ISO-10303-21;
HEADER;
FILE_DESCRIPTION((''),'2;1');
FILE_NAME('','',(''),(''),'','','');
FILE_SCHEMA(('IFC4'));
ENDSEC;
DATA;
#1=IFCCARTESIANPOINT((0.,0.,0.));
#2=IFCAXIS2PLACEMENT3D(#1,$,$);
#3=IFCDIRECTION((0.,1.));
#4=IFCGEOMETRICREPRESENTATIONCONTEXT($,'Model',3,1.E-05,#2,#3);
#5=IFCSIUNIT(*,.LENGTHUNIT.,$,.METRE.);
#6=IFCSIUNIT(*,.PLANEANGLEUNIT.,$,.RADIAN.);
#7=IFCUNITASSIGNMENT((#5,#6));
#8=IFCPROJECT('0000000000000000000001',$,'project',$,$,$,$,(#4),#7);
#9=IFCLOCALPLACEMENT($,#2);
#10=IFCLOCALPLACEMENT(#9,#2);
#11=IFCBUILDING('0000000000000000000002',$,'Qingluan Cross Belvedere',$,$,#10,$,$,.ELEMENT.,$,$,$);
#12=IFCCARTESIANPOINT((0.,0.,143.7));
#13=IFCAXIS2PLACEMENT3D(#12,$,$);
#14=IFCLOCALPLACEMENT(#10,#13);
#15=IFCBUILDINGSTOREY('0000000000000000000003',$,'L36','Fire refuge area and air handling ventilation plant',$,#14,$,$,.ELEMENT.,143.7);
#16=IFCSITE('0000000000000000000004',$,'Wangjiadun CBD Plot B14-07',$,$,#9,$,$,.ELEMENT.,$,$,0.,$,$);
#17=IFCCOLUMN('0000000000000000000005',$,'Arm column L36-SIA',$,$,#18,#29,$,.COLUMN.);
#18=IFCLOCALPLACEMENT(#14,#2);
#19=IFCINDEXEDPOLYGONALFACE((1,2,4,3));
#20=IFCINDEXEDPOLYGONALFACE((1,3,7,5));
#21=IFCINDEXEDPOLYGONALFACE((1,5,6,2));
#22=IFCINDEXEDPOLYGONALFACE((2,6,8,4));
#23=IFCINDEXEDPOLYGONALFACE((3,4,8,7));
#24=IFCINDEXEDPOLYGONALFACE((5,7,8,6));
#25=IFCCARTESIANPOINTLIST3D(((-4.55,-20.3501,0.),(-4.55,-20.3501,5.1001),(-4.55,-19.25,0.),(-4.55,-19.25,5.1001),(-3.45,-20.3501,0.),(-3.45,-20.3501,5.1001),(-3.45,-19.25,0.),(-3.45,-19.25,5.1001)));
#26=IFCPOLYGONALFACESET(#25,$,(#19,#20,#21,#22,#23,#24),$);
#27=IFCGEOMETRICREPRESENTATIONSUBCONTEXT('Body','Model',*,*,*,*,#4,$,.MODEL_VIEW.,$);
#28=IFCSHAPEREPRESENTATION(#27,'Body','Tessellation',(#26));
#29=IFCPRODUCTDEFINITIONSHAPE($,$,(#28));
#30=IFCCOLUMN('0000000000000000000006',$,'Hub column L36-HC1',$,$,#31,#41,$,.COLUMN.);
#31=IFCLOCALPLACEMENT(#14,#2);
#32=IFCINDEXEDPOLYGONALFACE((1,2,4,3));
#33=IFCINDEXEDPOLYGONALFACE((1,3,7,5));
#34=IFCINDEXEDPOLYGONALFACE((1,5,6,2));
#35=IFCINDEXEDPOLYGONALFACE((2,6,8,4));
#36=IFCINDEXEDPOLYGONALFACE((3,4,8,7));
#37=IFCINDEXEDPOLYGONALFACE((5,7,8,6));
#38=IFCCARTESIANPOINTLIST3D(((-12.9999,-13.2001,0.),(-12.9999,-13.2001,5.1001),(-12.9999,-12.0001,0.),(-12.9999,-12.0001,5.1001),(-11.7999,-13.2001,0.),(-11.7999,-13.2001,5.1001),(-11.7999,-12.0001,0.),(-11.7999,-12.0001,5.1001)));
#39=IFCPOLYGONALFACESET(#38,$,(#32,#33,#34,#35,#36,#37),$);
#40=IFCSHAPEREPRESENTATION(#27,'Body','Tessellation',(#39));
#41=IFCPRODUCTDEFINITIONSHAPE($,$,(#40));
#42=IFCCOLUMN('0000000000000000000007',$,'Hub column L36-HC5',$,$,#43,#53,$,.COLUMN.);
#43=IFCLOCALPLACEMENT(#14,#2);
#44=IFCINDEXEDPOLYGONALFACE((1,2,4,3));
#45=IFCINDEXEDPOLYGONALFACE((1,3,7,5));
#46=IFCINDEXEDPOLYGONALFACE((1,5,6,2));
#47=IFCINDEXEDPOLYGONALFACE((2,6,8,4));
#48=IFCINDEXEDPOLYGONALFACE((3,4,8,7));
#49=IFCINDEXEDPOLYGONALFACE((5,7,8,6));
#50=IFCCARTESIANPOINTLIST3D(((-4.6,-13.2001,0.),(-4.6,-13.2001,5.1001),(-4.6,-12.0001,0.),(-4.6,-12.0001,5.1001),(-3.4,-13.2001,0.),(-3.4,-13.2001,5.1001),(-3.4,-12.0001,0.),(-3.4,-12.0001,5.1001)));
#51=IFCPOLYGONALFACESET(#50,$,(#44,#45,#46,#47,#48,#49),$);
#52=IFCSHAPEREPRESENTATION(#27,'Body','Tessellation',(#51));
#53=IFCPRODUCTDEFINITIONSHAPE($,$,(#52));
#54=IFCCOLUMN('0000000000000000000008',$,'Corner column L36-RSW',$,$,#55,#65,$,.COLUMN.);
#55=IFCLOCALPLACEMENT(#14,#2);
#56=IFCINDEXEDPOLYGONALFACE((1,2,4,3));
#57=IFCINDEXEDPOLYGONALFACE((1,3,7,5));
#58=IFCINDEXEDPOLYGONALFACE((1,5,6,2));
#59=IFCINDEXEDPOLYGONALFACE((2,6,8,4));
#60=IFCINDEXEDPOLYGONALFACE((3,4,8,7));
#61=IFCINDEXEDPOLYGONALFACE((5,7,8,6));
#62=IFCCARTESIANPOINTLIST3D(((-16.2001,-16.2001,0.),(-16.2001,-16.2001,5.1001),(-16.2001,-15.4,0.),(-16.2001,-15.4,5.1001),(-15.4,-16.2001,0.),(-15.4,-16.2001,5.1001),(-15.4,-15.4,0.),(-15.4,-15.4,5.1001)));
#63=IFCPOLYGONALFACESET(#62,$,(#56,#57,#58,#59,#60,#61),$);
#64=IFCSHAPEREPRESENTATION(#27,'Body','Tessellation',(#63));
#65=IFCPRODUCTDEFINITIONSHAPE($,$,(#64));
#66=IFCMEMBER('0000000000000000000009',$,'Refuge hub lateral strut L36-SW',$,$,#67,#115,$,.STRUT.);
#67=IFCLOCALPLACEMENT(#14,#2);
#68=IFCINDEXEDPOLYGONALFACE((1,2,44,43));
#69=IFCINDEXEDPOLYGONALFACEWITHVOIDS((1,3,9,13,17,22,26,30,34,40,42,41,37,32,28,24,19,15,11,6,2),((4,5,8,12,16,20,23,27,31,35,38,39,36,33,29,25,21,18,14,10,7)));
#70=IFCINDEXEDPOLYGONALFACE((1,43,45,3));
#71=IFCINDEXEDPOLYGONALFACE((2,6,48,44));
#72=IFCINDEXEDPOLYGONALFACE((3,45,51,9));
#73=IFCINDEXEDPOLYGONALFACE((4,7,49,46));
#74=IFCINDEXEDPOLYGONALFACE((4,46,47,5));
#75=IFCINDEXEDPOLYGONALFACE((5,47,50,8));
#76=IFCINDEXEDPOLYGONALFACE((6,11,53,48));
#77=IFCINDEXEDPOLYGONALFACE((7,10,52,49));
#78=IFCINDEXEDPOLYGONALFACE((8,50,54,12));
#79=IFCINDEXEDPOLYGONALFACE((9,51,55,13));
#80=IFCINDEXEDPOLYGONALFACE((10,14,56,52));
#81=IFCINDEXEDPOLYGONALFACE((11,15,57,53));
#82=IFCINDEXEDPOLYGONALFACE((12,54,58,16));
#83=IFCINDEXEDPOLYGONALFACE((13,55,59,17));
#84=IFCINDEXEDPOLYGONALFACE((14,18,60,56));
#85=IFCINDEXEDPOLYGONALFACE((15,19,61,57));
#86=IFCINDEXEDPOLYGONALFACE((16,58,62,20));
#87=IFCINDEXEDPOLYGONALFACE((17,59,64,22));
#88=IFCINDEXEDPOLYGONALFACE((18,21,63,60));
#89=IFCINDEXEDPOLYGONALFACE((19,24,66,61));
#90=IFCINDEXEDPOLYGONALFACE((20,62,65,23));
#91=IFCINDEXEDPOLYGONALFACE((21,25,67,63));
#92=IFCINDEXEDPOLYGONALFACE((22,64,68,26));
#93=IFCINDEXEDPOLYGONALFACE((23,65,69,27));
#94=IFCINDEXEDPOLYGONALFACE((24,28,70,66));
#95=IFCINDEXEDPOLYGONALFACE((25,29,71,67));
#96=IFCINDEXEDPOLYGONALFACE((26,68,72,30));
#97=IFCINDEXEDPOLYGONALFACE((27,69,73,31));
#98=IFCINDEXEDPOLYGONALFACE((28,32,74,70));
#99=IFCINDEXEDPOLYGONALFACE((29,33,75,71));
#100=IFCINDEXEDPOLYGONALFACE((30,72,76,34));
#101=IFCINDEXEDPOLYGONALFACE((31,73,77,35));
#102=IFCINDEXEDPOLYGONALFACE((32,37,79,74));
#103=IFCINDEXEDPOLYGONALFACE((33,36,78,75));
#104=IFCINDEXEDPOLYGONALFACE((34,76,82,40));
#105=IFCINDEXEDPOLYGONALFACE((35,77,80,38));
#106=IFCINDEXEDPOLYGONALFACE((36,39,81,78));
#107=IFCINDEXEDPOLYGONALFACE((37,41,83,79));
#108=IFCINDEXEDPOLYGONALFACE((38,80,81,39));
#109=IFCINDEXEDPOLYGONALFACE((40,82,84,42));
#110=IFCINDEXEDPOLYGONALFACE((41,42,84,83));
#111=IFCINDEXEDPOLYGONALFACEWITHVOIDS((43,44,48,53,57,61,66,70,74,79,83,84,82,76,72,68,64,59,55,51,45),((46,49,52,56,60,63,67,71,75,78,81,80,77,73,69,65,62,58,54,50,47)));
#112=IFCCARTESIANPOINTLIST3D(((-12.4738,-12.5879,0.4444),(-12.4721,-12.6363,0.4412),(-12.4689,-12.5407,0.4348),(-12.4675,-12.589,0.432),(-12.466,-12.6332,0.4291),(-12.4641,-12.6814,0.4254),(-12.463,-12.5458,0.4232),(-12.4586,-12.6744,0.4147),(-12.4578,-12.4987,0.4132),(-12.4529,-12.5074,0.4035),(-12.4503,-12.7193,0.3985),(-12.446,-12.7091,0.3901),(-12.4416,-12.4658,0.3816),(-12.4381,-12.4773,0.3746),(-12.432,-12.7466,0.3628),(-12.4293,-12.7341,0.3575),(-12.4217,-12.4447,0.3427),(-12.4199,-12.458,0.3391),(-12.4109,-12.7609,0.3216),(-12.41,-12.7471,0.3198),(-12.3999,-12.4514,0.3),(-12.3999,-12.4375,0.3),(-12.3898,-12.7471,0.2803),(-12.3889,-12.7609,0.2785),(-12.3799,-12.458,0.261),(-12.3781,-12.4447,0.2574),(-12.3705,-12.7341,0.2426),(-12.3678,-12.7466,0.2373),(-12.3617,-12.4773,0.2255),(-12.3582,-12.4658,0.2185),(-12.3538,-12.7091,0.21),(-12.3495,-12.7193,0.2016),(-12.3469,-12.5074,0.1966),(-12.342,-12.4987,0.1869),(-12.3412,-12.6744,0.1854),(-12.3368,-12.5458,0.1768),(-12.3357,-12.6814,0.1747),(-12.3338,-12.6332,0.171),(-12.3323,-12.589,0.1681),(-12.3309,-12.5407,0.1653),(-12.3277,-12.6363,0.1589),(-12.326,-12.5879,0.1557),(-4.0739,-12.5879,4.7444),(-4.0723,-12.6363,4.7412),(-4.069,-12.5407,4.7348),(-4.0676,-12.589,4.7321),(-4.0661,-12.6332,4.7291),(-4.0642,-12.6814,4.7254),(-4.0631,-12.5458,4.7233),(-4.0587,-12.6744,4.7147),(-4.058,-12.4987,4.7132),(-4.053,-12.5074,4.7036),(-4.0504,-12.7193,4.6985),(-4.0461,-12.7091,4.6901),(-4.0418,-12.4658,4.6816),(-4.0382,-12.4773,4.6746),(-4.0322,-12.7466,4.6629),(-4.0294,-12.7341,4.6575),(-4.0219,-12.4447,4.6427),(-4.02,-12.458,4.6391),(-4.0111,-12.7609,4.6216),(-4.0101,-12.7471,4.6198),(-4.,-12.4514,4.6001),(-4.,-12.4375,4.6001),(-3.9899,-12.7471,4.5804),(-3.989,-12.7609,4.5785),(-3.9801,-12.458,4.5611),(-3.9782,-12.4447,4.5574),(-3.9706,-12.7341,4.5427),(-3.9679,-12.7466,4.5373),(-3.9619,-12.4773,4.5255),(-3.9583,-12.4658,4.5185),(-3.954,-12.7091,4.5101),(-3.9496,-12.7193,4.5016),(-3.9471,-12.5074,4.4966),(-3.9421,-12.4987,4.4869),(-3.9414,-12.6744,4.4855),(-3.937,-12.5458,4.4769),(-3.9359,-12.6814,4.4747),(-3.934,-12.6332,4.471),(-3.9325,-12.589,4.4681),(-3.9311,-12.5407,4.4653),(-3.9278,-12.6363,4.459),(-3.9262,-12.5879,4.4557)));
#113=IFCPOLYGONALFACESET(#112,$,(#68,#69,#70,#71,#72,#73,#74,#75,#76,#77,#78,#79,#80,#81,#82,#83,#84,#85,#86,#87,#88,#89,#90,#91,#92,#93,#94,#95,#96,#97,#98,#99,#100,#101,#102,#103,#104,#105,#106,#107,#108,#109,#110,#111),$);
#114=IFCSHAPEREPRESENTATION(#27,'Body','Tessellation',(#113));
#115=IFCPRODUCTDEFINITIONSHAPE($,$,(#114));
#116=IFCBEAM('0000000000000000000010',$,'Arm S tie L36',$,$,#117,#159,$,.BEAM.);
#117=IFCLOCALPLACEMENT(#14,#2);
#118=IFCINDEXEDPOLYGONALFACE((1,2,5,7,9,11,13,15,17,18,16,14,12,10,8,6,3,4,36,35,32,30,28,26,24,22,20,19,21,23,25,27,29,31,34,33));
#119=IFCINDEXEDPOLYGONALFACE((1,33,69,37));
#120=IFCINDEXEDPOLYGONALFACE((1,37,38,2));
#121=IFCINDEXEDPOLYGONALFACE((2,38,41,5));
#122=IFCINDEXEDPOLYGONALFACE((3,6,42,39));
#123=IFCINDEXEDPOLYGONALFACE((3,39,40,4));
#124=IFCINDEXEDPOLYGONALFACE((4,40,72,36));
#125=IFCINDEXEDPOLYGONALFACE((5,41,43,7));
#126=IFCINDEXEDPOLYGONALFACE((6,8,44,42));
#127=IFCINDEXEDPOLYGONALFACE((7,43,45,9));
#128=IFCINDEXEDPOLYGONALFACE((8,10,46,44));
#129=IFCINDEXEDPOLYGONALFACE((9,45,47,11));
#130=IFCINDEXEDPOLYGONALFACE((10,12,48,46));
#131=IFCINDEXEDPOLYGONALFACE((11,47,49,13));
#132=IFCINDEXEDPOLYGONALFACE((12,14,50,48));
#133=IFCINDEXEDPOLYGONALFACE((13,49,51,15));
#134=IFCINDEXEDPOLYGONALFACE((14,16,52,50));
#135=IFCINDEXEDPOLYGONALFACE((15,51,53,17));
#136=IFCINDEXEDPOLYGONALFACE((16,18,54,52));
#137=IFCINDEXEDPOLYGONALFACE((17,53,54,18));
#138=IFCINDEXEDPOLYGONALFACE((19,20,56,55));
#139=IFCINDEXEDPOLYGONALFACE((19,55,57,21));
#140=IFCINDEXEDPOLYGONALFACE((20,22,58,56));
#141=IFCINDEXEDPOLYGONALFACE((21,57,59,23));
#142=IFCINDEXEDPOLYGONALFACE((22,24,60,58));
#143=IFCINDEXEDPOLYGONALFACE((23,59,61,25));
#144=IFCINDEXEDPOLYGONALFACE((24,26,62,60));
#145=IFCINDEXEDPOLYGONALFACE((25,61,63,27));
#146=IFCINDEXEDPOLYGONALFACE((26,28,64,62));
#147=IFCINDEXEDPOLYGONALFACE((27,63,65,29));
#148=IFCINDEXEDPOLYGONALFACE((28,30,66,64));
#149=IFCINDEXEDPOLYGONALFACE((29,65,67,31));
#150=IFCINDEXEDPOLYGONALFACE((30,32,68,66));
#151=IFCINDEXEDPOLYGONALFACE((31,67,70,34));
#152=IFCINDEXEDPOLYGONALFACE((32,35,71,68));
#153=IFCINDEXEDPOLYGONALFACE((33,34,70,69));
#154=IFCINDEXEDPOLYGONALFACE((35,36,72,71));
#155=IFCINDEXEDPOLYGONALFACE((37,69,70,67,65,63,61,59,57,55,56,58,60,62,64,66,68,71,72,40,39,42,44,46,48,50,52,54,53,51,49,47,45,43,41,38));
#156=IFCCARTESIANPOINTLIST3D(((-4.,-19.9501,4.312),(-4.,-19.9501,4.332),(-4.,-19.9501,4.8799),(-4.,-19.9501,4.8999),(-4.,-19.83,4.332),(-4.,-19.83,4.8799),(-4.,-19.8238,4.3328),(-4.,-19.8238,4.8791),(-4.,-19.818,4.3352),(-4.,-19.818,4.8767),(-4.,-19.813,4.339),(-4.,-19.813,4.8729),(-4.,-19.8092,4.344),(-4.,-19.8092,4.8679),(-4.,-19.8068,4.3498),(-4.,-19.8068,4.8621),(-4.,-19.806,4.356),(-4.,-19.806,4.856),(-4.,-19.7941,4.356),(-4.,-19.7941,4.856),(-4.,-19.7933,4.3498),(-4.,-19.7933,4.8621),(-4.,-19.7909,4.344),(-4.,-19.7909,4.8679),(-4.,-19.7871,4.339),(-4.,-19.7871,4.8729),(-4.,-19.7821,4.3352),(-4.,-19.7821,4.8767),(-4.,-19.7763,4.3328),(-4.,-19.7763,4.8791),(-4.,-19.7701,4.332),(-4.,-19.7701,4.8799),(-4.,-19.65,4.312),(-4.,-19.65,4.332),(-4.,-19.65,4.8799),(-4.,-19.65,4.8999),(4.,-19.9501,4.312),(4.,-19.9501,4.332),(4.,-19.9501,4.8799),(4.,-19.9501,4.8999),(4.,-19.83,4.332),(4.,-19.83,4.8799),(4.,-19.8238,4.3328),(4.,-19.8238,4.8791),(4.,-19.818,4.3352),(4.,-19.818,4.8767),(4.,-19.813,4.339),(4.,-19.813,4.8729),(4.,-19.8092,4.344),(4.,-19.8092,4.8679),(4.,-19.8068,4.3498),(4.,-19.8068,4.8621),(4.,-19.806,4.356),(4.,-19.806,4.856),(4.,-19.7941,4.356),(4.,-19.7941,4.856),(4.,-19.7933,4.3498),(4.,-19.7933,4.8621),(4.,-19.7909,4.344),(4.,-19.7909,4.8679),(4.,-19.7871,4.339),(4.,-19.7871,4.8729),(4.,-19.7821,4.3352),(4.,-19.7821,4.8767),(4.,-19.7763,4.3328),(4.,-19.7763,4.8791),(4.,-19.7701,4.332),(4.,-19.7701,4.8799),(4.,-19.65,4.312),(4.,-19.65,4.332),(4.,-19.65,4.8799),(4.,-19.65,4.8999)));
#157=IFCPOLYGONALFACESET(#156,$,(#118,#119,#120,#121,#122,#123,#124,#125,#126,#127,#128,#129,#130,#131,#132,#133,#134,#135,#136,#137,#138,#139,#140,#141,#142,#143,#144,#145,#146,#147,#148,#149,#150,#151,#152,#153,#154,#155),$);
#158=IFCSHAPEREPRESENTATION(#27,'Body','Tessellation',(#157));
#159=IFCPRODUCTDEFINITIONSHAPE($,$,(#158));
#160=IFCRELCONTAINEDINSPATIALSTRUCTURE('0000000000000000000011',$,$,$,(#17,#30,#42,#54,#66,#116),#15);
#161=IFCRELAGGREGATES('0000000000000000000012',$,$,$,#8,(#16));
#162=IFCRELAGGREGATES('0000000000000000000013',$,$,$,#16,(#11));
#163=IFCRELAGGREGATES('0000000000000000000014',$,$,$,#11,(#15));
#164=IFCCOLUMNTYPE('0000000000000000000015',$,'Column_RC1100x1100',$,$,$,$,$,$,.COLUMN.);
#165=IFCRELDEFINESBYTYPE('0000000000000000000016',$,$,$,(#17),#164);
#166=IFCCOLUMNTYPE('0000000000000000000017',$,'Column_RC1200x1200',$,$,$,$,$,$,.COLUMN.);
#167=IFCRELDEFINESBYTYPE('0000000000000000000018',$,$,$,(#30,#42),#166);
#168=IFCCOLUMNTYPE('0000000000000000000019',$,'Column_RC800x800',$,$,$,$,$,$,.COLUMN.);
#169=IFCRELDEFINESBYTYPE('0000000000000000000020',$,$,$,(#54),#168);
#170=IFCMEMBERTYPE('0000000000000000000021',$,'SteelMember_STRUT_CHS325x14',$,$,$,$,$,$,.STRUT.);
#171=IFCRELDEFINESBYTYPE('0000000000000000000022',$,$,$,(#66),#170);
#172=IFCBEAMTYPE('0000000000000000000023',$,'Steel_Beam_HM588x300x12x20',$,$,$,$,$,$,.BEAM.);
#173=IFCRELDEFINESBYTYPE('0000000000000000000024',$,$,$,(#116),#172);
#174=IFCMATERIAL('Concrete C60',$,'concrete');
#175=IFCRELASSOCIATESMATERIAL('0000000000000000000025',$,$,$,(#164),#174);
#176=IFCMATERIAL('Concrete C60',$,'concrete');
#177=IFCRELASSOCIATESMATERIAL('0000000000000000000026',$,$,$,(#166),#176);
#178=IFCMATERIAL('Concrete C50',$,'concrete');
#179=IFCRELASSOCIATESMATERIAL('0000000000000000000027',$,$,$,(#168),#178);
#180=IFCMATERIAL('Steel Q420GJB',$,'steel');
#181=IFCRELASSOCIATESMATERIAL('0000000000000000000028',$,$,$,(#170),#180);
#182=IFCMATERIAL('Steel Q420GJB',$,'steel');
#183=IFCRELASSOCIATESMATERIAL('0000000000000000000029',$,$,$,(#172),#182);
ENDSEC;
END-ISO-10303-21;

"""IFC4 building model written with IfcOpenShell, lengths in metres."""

from ifc_helpers import new_model, si_unit, direction, frame, origin, origin_2d, place, context, subcontext, project, spatial, rectangle, hollow_circle, i_section, extrude, material, material_profile, profile_set, type_object, element, save


model = new_model("IFC4")

# Units and contexts
model_context = context("Model", 3, precision=1e-05, world=origin(), true_north=direction((0.0, 1.0)))
body_context = subcontext(model_context, "Body", "Model", "MODEL_VIEW")
ifc_project = project(units=[si_unit("LENGTHUNIT", "METRE"), si_unit("PLANEANGLEUNIT", "RADIAN")], contexts=[model_context])

# Site, building, storey
site_placement = place(None, origin())
site = spatial("IfcSite", under=ifc_project, at=site_placement, Name="Wangjiadun CBD Plot B14-07", CompositionType="ELEMENT", RefElevation=0.0)
building_placement = place(site_placement, origin())
building = spatial("IfcBuilding", under=site, at=building_placement, Name="Qingluan Cross Belvedere", CompositionType="ELEMENT")
storey_placement = place(building_placement, frame((0.0, 0.0, 143.7)))
storey = spatial("IfcBuildingStorey", under=building, at=storey_placement, Name="L36", Description="Fire refuge area and air handling ventilation plant", CompositionType="ELEMENT", Elevation=143.7)

# Columns
ifc_material_1 = material(Name="Concrete C60", Category="concrete")
ifc_material_profile_1 = material_profile(ifc_material_1, rectangle(XDim=1.1001, YDim=1.1001, at=origin_2d()), Name="RC1100x1100")
ifc_profile_set_1 = profile_set([ifc_material_profile_1], Name="Concrete C60")
column_type_1 = type_object("IfcColumnType", Name="Column_RC1100x1100", PredefinedType="COLUMN", material=ifc_profile_set_1)
column_1_placement = place(storey_placement, frame((-4.0, -19.8, 0.0), z_axis=(0.0, 0.0, 1.0), x_axis=(1.0, 0.0, 0.0)))
element("IfcColumn", 1, at=column_1_placement, inside=storey, type_object=column_type_1, Name="Arm column L36-SIA", PredefinedType="COLUMN", context=body_context, shape_type="SweptSolid", body=[
    extrude(rectangle(XDim=1.1001, YDim=1.1001, at=origin_2d()), origin(), (0.0, 0.0, 1.0), 5.1001),
])
ifc_material_2 = material(Name="Concrete C60", Category="concrete")
ifc_material_profile_2 = material_profile(ifc_material_2, rectangle(XDim=1.2, YDim=1.2, at=origin_2d()), Name="RC1200x1200")
ifc_profile_set_2 = profile_set([ifc_material_profile_2], Name="Concrete C60")
column_type_2 = type_object("IfcColumnType", Name="Column_RC1200x1200", PredefinedType="COLUMN", material=ifc_profile_set_2)
for number, where, z_axis, x_axis, name in (
    (2, (-12.3999, -12.6001, 0.0), (0.0, 0.0, 1.0), (1.0, 0.0, 0.0), "Hub column L36-HC1"),
    (3, (-4.0, -12.6001, 0.0), (0.0, 0.0, 1.0), (1.0, 0.0, 0.0), "Hub column L36-HC5"),
):
    element("IfcColumn", number, at=place(storey_placement, frame(where, z_axis=z_axis, x_axis=x_axis)), inside=storey, type_object=column_type_2, Name=name, PredefinedType="COLUMN", context=body_context, shape_type="SweptSolid", body=[
        extrude(rectangle(XDim=1.2, YDim=1.2, at=origin_2d()), origin(), (0.0, 0.0, 1.0), 5.1001),
    ])
ifc_material_3 = material(Name="Concrete C50", Category="concrete")
ifc_material_profile_3 = material_profile(ifc_material_3, rectangle(XDim=0.8, YDim=0.8, at=origin_2d()), Name="RC800x800")
ifc_profile_set_3 = profile_set([ifc_material_profile_3], Name="Concrete C50")
column_type_3 = type_object("IfcColumnType", Name="Column_RC800x800", PredefinedType="COLUMN", material=ifc_profile_set_3)
column_2_placement = place(storey_placement, frame((-15.8, -15.8, 0.0), z_axis=(0.0, 0.0, 1.0), x_axis=(1.0, 0.0, 0.0)))
element("IfcColumn", 4, at=column_2_placement, inside=storey, type_object=column_type_3, Name="Corner column L36-RSW", PredefinedType="COLUMN", context=body_context, shape_type="SweptSolid", body=[
    extrude(rectangle(XDim=0.8, YDim=0.8, at=origin_2d()), origin(), (0.0, 0.0, 1.0), 5.1001),
])

# Member
ifc_material_4 = material(Name="Steel Q420GJB", Category="steel")
ifc_material_profile_4 = material_profile(ifc_material_4, hollow_circle(Radius=0.1626, WallThickness=0.0139, at=origin_2d()), Name="CHS325x14")
ifc_profile_set_4 = profile_set([ifc_material_profile_4], Name="Steel Q420GJB")
member_type = type_object("IfcMemberType", Name="SteelMember_STRUT_CHS325x14", PredefinedType="STRUT", material=ifc_profile_set_4)
member_placement = place(storey_placement, frame((-12.3999, -12.6001, 0.3), z_axis=(0.890144, 0.0, 0.455679), x_axis=(0.0, 1.0, 0.0)))
element("IfcMember", 5, at=member_placement, inside=storey, type_object=member_type, Name="Refuge hub lateral strut L36-SW", PredefinedType="STRUT", context=body_context, shape_type="SweptSolid", body=[
    extrude(hollow_circle(Radius=0.1626, WallThickness=0.0139, at=origin_2d()), origin(), (0.0, 0.0, 1.0), 9.4365),
])

# Beam
ifc_material_5 = material(Name="Steel Q420GJB", Category="steel")
ifc_material_profile_5 = material_profile(ifc_material_5, i_section(OverallWidth=0.3, OverallDepth=0.5879, WebThickness=0.012, FlangeThickness=0.02, FilletRadius=0.0239, at=origin_2d()), Name="HM588x300x12x20")
ifc_profile_set_5 = profile_set([ifc_material_profile_5], Name="Steel Q420GJB")
beam_type_1 = type_object("IfcBeamType", Name="Steel_Beam_HM588x300x12x20", PredefinedType="BEAM", material=ifc_profile_set_5)
for number, where, z_axis, x_axis, name in (
    (6, (-4.0, -19.8, 4.606), (1.0, 0.0, 0.0), (0.0, 1.0, 0.0), "Arm S tie L36"),
):
    element("IfcBeam", number, at=place(storey_placement, frame(where, z_axis=z_axis, x_axis=x_axis)), inside=storey, type_object=beam_type_1, Name=name, PredefinedType="BEAM", context=body_context, shape_type="SweptSolid", body=[
        extrude(i_section(OverallWidth=0.3, OverallDepth=0.5879, WebThickness=0.012, FlangeThickness=0.02, FilletRadius=0.0239, at=origin_2d()), origin(), (0.0, 0.0, 1.0), 8.0),
    ])

save(model, "model.ifc")
